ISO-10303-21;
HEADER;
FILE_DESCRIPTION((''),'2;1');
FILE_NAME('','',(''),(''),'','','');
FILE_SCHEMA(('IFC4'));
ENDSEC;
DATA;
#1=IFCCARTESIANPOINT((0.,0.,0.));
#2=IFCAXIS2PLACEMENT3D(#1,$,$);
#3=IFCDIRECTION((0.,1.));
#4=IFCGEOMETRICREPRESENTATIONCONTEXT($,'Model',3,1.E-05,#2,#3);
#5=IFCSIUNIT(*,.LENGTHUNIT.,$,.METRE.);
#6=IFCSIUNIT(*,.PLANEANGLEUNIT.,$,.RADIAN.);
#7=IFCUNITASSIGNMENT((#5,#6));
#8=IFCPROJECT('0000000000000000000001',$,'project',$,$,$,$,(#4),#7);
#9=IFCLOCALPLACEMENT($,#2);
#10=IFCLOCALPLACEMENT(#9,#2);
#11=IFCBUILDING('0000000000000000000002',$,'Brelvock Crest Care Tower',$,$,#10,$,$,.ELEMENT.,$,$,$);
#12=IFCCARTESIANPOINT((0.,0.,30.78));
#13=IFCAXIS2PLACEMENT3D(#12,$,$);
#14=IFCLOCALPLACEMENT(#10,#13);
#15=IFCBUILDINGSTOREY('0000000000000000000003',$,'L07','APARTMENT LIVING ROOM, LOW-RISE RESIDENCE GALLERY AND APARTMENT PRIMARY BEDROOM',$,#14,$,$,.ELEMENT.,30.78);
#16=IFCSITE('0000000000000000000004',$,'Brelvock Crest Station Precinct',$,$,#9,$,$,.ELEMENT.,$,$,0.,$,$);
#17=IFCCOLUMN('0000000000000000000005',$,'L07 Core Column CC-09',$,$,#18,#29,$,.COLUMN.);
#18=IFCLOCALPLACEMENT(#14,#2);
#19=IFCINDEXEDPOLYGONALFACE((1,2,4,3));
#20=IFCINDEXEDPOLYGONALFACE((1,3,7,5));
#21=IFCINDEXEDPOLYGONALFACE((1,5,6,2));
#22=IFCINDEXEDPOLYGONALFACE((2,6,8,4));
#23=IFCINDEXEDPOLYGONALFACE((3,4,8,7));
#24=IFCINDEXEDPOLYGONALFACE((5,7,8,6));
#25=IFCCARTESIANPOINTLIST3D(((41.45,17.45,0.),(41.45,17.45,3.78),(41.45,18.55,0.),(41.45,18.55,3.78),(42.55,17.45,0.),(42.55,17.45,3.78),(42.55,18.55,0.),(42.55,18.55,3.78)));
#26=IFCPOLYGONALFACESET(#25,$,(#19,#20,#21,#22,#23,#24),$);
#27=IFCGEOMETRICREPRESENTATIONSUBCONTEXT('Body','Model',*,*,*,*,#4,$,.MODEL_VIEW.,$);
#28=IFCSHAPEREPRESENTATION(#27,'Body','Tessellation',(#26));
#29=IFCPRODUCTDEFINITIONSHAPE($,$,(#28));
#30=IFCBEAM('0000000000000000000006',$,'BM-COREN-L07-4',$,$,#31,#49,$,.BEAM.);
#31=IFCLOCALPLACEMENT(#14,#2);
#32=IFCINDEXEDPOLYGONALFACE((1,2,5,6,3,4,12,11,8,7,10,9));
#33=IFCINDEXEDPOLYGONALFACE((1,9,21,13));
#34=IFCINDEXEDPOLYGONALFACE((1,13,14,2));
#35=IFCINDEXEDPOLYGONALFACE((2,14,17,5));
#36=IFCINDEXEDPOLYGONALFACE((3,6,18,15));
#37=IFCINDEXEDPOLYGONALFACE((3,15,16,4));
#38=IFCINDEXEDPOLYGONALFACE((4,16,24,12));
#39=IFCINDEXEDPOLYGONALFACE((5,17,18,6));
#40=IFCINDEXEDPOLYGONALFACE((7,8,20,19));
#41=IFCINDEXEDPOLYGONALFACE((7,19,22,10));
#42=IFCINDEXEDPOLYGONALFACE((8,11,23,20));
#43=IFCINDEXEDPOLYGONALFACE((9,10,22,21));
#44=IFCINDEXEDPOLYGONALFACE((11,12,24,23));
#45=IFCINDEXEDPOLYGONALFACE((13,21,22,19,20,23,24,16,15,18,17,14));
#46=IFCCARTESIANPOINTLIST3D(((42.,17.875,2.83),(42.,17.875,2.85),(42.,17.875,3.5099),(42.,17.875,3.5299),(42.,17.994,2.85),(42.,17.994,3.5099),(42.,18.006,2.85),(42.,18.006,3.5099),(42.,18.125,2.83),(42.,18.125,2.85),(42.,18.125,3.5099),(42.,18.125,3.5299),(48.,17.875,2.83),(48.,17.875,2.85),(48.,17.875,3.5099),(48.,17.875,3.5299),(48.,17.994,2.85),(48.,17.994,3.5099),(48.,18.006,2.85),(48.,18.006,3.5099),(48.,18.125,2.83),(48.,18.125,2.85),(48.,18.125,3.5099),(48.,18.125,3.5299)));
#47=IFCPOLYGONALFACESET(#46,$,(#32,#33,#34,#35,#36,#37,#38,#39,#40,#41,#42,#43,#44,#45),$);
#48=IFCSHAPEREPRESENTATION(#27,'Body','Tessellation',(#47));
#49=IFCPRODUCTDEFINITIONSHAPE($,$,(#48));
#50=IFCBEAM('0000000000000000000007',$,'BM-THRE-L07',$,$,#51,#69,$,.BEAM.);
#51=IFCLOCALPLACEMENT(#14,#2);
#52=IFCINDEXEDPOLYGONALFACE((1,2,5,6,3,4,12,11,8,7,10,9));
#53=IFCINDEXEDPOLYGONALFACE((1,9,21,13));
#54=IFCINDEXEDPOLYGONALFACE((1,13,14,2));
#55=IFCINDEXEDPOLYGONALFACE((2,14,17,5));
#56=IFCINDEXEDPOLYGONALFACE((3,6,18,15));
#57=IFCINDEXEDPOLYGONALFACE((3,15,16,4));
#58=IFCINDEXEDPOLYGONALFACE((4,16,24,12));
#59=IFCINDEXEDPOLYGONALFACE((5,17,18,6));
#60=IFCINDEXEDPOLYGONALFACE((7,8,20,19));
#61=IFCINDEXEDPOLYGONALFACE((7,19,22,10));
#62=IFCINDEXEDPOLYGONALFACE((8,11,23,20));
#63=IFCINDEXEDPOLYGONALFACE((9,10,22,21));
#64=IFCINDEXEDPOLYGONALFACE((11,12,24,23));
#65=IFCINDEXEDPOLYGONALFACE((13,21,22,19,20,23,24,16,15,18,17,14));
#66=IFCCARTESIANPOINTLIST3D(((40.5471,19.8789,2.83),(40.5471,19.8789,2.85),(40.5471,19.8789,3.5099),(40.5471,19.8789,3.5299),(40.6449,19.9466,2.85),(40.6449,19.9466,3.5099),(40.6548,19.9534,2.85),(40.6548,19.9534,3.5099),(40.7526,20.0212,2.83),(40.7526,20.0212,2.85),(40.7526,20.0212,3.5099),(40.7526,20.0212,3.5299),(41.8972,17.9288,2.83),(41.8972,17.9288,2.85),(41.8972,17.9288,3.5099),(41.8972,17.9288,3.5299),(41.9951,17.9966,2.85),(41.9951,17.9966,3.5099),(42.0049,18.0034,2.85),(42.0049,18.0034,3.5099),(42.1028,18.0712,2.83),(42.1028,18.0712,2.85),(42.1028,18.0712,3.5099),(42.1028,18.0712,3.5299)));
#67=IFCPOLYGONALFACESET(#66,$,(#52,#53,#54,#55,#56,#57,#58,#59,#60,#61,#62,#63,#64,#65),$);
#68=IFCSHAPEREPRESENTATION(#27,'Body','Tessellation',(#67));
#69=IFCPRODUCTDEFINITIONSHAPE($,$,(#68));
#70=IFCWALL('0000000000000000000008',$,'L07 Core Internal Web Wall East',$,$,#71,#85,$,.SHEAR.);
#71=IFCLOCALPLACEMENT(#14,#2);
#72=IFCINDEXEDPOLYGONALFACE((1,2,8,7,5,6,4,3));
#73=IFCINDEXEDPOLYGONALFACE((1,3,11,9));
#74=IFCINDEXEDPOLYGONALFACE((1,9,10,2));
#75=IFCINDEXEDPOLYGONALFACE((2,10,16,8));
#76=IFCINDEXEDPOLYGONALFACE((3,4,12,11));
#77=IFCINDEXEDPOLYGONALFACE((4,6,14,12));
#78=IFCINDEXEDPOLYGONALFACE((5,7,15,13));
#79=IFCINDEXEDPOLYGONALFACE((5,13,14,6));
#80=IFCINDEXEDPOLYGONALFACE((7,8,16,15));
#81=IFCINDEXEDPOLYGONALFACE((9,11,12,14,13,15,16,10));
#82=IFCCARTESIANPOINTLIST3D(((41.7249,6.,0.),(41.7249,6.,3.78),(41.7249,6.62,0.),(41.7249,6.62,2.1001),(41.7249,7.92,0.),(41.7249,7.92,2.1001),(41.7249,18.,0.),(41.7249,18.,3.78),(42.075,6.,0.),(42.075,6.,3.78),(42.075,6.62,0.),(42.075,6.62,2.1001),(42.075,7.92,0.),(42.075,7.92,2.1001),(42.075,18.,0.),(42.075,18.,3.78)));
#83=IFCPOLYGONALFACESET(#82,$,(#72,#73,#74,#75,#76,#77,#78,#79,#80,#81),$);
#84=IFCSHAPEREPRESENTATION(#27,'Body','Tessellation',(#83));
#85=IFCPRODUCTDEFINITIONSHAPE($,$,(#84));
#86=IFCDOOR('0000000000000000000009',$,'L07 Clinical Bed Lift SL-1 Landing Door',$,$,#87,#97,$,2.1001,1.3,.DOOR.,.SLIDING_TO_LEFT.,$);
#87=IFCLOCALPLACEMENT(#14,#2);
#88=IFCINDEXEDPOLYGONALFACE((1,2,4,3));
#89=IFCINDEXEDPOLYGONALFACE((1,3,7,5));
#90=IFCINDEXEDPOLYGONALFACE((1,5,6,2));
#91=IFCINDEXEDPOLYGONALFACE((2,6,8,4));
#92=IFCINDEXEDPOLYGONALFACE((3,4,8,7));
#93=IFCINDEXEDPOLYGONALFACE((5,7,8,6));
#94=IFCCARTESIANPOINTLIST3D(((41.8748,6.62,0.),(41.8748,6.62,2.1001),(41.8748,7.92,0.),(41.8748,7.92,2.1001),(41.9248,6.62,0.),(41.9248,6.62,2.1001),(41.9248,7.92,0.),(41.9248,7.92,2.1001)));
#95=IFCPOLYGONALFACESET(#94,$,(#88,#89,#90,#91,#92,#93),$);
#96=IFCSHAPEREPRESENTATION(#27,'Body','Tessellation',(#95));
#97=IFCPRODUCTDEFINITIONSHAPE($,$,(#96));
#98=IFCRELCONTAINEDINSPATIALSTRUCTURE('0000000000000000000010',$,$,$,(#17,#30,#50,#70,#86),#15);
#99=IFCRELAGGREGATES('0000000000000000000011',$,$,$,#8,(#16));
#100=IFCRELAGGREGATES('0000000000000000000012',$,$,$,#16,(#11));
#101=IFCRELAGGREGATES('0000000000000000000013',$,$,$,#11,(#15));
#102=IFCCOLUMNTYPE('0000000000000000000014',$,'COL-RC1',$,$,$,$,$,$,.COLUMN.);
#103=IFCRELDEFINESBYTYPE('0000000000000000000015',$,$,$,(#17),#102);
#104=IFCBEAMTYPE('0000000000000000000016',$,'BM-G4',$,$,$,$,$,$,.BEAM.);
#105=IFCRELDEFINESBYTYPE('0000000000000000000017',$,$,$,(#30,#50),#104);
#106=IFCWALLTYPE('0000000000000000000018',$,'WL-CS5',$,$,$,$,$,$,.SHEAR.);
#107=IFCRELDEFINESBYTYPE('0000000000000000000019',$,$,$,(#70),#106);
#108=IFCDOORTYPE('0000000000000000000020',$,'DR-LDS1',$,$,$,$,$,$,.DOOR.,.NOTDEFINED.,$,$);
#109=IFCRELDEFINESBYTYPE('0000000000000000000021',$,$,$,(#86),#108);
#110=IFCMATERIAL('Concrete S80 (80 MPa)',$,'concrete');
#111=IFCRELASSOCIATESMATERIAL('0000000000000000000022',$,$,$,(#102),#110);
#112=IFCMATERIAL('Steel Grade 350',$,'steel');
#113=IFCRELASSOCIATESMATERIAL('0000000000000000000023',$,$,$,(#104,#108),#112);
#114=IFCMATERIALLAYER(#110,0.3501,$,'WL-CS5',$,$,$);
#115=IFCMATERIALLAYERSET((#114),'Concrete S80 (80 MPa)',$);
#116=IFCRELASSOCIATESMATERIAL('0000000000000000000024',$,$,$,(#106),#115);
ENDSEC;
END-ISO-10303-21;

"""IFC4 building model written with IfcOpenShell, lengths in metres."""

from ifc_helpers import new_model, si_unit, direction, frame, frame_2d, origin, origin_2d, place, context, subcontext, project, spatial, rectangle, i_section, extrude, source, transform, mapped, material, layer, layer_set, material_profile, profile_set, type_object, element, fill, save


model = new_model("IFC4")

# Units and contexts
model_context = context("Model", 3, precision=1e-05, world=origin(), true_north=direction((0.0, 1.0)))
body_context = subcontext(model_context, "Body", "Model", "MODEL_VIEW")
ifc_project = project(units=[si_unit("LENGTHUNIT", "METRE"), si_unit("PLANEANGLEUNIT", "RADIAN")], contexts=[model_context])

# Site, building, storey
site_placement = place(None, origin())
site = spatial("IfcSite", under=ifc_project, at=site_placement, Name="Brelvock Crest Station Precinct", CompositionType="ELEMENT", RefElevation=0.0)
building_placement = place(site_placement, origin())
building = spatial("IfcBuilding", under=site, at=building_placement, Name="Brelvock Crest Care Tower", CompositionType="ELEMENT")
storey_placement = place(building_placement, frame((0.0, 0.0, 30.78)))
storey = spatial("IfcBuildingStorey", under=building, at=storey_placement, Name="L07", Description="APARTMENT LIVING ROOM, LOW-RISE RESIDENCE GALLERY AND APARTMENT PRIMARY BEDROOM", CompositionType="ELEMENT", Elevation=30.78)

# Column
ifc_material_1 = material(Name="Concrete S80 (80 MPa)", Category="concrete")
ifc_material_profile_1 = material_profile(ifc_material_1, rectangle(XDim=1.1001, YDim=1.1001, at=origin_2d()), Name="RC1100x1100")
ifc_profile_set_1 = profile_set([ifc_material_profile_1], Name="Concrete S80 (80 MPa)")
column_type = type_object("IfcColumnType", Name="COL-RC1", PredefinedType="COLUMN", material=ifc_profile_set_1)
shared_shape_1 = source(origin(), body_context, "Body", "SweptSolid", [
    extrude(rectangle(XDim=1.1001, YDim=1.1001, at=origin_2d()), origin(), (0.0, 0.0, 1.0), 3.78),
])
column_placement = place(storey_placement, frame((42.0, 18.0, 0.0), z_axis=(0.0, 0.0, 1.0), x_axis=(1.0, 0.0, 0.0)))
element("IfcColumn", 1, at=column_placement, inside=storey, type_object=column_type, Name="L07 Core Column CC-09", PredefinedType="COLUMN", context=body_context, shape_type="MappedRepresentation", body=[
    mapped(shared_shape_1, transform((0.0, 0.0, 0.0), x_axis=(1.0, 0.0, 0.0), y_axis=(0.0, 1.0, 0.0), z_axis=(0.0, 0.0, 1.0), scale=1.0)),
])

# Beams
ifc_material_2 = material(Name="Steel Grade 350", Category="steel")
ifc_material_profile_2 = material_profile(ifc_material_2, i_section(OverallWidth=0.25, OverallDepth=0.7, WebThickness=0.012, FlangeThickness=0.02, at=origin_2d()), Name="700WB150")
ifc_profile_set_2 = profile_set([ifc_material_profile_2], Name="Steel Grade 350")
beam_type = type_object("IfcBeamType", Name="BM-G4", PredefinedType="BEAM", material=ifc_profile_set_2)
shared_shape_2 = source(origin(), body_context, "Body", "SweptSolid", [
    extrude(i_section(OverallWidth=0.25, OverallDepth=0.7, WebThickness=0.012, FlangeThickness=0.02, at=origin_2d()), origin(), (0.0, 0.0, 1.0), 6.0),
])
beam_1_placement = place(storey_placement, frame((42.0, 18.0, 3.1799), z_axis=(1.0, 0.0, 0.0), x_axis=(0.0, 1.0, 0.0)))
element("IfcBeam", 2, at=beam_1_placement, inside=storey, type_object=beam_type, Name="BM-COREN-L07-4", PredefinedType="BEAM", context=body_context, shape_type="MappedRepresentation", body=[
    mapped(shared_shape_2, transform((0.0, 0.0, 0.0), x_axis=(1.0, 0.0, 0.0), y_axis=(0.0, 1.0, 0.0), z_axis=(0.0, 0.0, 1.0), scale=1.0)),
])
shared_shape_3 = source(origin(), body_context, "Body", "SweptSolid", [
    extrude(i_section(OverallWidth=0.25, OverallDepth=0.7, WebThickness=0.012, FlangeThickness=0.02, at=origin_2d()), origin(), (0.0, 0.0, 1.0), 2.3718),
])
beam_2_placement = place(storey_placement, frame((42.0, 18.0, 3.1799), z_axis=(-0.569247, 0.822166, 0.0), x_axis=(-0.822166, -0.569247, 0.0)))
element("IfcBeam", 3, at=beam_2_placement, inside=storey, type_object=beam_type, Name="BM-THRE-L07", PredefinedType="BEAM", context=body_context, shape_type="MappedRepresentation", body=[
    mapped(shared_shape_3, transform((0.0, 0.0, 0.0), x_axis=(1.0, 0.0, 0.0), y_axis=(0.0, 1.0, 0.0), z_axis=(0.0, 0.0, 1.0), scale=1.0)),
])

# Wall, opening, door
ifc_layer_1 = layer(ifc_material_1, 0.3501, Name="WL-CS5")
ifc_layer_set_1 = layer_set([ifc_layer_1], Name="Concrete S80 (80 MPa)")
wall_type = type_object("IfcWallType", Name="WL-CS5", PredefinedType="SHEAR", material=ifc_layer_set_1)
wall_placement = place(storey_placement, frame((41.8999, 18.0, 0.0), z_axis=(0.0, 0.0, 1.0), x_axis=(0.0, -1.0, 0.0)))
wall = element("IfcWall", 4, at=wall_placement, inside=storey, type_object=wall_type, Name="L07 Core Internal Web Wall East", PredefinedType="SHEAR", context=body_context, shape_type="SweptSolid", body=[
    extrude(rectangle(XDim=12.0, YDim=0.3501, at=frame_2d((6.0, 0.0))), origin(), (0.0, 0.0, 1.0), 3.78),
])
opening_placement = place(wall_placement, frame((10.0801, 0.0, 0.0)))
opening = element("IfcOpeningElement", 5, at=opening_placement, cuts=wall, PredefinedType="OPENING", context=body_context, shape_type="SweptSolid", body=[
    extrude(rectangle(XDim=1.3, YDim=2.1001, at=origin_2d()), frame((0.6499, 0.1851, 1.05), z_axis=(0.0, -1.0, 0.0), x_axis=(1.0, 0.0, 0.0)), (0.0, 0.0, 1.0), 0.3701),
])
door_type = type_object("IfcDoorType", Name="DR-LDS1", OperationType="NOTDEFINED", PredefinedType="DOOR", material=ifc_material_2)
shared_shape_4 = source(origin(), body_context, "Body", "SweptSolid", [
    extrude(rectangle(XDim=1.3, YDim=2.1001, at=origin_2d()), frame((0.6499, 0.0249, 1.05), z_axis=(0.0, -1.0, 0.0), x_axis=(1.0, 0.0, 0.0)), (0.0, 0.0, 1.0), 0.05),
])
door_placement = place(opening_placement, origin())
door = element("IfcDoor", 6, at=door_placement, inside=storey, type_object=door_type, Name="L07 Clinical Bed Lift SL-1 Landing Door", OperationType="SLIDING_TO_LEFT", OverallHeight=2.1001, OverallWidth=1.3, PredefinedType="DOOR", context=body_context, shape_type="MappedRepresentation", body=[
    mapped(shared_shape_4, transform((0.0, 0.0, 0.0), x_axis=(1.0, 0.0, 0.0), y_axis=(0.0, 1.0, 0.0), z_axis=(0.0, 0.0, 1.0), scale=1.0)),
])
fill(opening, door)

save(model, "model.ifc")
